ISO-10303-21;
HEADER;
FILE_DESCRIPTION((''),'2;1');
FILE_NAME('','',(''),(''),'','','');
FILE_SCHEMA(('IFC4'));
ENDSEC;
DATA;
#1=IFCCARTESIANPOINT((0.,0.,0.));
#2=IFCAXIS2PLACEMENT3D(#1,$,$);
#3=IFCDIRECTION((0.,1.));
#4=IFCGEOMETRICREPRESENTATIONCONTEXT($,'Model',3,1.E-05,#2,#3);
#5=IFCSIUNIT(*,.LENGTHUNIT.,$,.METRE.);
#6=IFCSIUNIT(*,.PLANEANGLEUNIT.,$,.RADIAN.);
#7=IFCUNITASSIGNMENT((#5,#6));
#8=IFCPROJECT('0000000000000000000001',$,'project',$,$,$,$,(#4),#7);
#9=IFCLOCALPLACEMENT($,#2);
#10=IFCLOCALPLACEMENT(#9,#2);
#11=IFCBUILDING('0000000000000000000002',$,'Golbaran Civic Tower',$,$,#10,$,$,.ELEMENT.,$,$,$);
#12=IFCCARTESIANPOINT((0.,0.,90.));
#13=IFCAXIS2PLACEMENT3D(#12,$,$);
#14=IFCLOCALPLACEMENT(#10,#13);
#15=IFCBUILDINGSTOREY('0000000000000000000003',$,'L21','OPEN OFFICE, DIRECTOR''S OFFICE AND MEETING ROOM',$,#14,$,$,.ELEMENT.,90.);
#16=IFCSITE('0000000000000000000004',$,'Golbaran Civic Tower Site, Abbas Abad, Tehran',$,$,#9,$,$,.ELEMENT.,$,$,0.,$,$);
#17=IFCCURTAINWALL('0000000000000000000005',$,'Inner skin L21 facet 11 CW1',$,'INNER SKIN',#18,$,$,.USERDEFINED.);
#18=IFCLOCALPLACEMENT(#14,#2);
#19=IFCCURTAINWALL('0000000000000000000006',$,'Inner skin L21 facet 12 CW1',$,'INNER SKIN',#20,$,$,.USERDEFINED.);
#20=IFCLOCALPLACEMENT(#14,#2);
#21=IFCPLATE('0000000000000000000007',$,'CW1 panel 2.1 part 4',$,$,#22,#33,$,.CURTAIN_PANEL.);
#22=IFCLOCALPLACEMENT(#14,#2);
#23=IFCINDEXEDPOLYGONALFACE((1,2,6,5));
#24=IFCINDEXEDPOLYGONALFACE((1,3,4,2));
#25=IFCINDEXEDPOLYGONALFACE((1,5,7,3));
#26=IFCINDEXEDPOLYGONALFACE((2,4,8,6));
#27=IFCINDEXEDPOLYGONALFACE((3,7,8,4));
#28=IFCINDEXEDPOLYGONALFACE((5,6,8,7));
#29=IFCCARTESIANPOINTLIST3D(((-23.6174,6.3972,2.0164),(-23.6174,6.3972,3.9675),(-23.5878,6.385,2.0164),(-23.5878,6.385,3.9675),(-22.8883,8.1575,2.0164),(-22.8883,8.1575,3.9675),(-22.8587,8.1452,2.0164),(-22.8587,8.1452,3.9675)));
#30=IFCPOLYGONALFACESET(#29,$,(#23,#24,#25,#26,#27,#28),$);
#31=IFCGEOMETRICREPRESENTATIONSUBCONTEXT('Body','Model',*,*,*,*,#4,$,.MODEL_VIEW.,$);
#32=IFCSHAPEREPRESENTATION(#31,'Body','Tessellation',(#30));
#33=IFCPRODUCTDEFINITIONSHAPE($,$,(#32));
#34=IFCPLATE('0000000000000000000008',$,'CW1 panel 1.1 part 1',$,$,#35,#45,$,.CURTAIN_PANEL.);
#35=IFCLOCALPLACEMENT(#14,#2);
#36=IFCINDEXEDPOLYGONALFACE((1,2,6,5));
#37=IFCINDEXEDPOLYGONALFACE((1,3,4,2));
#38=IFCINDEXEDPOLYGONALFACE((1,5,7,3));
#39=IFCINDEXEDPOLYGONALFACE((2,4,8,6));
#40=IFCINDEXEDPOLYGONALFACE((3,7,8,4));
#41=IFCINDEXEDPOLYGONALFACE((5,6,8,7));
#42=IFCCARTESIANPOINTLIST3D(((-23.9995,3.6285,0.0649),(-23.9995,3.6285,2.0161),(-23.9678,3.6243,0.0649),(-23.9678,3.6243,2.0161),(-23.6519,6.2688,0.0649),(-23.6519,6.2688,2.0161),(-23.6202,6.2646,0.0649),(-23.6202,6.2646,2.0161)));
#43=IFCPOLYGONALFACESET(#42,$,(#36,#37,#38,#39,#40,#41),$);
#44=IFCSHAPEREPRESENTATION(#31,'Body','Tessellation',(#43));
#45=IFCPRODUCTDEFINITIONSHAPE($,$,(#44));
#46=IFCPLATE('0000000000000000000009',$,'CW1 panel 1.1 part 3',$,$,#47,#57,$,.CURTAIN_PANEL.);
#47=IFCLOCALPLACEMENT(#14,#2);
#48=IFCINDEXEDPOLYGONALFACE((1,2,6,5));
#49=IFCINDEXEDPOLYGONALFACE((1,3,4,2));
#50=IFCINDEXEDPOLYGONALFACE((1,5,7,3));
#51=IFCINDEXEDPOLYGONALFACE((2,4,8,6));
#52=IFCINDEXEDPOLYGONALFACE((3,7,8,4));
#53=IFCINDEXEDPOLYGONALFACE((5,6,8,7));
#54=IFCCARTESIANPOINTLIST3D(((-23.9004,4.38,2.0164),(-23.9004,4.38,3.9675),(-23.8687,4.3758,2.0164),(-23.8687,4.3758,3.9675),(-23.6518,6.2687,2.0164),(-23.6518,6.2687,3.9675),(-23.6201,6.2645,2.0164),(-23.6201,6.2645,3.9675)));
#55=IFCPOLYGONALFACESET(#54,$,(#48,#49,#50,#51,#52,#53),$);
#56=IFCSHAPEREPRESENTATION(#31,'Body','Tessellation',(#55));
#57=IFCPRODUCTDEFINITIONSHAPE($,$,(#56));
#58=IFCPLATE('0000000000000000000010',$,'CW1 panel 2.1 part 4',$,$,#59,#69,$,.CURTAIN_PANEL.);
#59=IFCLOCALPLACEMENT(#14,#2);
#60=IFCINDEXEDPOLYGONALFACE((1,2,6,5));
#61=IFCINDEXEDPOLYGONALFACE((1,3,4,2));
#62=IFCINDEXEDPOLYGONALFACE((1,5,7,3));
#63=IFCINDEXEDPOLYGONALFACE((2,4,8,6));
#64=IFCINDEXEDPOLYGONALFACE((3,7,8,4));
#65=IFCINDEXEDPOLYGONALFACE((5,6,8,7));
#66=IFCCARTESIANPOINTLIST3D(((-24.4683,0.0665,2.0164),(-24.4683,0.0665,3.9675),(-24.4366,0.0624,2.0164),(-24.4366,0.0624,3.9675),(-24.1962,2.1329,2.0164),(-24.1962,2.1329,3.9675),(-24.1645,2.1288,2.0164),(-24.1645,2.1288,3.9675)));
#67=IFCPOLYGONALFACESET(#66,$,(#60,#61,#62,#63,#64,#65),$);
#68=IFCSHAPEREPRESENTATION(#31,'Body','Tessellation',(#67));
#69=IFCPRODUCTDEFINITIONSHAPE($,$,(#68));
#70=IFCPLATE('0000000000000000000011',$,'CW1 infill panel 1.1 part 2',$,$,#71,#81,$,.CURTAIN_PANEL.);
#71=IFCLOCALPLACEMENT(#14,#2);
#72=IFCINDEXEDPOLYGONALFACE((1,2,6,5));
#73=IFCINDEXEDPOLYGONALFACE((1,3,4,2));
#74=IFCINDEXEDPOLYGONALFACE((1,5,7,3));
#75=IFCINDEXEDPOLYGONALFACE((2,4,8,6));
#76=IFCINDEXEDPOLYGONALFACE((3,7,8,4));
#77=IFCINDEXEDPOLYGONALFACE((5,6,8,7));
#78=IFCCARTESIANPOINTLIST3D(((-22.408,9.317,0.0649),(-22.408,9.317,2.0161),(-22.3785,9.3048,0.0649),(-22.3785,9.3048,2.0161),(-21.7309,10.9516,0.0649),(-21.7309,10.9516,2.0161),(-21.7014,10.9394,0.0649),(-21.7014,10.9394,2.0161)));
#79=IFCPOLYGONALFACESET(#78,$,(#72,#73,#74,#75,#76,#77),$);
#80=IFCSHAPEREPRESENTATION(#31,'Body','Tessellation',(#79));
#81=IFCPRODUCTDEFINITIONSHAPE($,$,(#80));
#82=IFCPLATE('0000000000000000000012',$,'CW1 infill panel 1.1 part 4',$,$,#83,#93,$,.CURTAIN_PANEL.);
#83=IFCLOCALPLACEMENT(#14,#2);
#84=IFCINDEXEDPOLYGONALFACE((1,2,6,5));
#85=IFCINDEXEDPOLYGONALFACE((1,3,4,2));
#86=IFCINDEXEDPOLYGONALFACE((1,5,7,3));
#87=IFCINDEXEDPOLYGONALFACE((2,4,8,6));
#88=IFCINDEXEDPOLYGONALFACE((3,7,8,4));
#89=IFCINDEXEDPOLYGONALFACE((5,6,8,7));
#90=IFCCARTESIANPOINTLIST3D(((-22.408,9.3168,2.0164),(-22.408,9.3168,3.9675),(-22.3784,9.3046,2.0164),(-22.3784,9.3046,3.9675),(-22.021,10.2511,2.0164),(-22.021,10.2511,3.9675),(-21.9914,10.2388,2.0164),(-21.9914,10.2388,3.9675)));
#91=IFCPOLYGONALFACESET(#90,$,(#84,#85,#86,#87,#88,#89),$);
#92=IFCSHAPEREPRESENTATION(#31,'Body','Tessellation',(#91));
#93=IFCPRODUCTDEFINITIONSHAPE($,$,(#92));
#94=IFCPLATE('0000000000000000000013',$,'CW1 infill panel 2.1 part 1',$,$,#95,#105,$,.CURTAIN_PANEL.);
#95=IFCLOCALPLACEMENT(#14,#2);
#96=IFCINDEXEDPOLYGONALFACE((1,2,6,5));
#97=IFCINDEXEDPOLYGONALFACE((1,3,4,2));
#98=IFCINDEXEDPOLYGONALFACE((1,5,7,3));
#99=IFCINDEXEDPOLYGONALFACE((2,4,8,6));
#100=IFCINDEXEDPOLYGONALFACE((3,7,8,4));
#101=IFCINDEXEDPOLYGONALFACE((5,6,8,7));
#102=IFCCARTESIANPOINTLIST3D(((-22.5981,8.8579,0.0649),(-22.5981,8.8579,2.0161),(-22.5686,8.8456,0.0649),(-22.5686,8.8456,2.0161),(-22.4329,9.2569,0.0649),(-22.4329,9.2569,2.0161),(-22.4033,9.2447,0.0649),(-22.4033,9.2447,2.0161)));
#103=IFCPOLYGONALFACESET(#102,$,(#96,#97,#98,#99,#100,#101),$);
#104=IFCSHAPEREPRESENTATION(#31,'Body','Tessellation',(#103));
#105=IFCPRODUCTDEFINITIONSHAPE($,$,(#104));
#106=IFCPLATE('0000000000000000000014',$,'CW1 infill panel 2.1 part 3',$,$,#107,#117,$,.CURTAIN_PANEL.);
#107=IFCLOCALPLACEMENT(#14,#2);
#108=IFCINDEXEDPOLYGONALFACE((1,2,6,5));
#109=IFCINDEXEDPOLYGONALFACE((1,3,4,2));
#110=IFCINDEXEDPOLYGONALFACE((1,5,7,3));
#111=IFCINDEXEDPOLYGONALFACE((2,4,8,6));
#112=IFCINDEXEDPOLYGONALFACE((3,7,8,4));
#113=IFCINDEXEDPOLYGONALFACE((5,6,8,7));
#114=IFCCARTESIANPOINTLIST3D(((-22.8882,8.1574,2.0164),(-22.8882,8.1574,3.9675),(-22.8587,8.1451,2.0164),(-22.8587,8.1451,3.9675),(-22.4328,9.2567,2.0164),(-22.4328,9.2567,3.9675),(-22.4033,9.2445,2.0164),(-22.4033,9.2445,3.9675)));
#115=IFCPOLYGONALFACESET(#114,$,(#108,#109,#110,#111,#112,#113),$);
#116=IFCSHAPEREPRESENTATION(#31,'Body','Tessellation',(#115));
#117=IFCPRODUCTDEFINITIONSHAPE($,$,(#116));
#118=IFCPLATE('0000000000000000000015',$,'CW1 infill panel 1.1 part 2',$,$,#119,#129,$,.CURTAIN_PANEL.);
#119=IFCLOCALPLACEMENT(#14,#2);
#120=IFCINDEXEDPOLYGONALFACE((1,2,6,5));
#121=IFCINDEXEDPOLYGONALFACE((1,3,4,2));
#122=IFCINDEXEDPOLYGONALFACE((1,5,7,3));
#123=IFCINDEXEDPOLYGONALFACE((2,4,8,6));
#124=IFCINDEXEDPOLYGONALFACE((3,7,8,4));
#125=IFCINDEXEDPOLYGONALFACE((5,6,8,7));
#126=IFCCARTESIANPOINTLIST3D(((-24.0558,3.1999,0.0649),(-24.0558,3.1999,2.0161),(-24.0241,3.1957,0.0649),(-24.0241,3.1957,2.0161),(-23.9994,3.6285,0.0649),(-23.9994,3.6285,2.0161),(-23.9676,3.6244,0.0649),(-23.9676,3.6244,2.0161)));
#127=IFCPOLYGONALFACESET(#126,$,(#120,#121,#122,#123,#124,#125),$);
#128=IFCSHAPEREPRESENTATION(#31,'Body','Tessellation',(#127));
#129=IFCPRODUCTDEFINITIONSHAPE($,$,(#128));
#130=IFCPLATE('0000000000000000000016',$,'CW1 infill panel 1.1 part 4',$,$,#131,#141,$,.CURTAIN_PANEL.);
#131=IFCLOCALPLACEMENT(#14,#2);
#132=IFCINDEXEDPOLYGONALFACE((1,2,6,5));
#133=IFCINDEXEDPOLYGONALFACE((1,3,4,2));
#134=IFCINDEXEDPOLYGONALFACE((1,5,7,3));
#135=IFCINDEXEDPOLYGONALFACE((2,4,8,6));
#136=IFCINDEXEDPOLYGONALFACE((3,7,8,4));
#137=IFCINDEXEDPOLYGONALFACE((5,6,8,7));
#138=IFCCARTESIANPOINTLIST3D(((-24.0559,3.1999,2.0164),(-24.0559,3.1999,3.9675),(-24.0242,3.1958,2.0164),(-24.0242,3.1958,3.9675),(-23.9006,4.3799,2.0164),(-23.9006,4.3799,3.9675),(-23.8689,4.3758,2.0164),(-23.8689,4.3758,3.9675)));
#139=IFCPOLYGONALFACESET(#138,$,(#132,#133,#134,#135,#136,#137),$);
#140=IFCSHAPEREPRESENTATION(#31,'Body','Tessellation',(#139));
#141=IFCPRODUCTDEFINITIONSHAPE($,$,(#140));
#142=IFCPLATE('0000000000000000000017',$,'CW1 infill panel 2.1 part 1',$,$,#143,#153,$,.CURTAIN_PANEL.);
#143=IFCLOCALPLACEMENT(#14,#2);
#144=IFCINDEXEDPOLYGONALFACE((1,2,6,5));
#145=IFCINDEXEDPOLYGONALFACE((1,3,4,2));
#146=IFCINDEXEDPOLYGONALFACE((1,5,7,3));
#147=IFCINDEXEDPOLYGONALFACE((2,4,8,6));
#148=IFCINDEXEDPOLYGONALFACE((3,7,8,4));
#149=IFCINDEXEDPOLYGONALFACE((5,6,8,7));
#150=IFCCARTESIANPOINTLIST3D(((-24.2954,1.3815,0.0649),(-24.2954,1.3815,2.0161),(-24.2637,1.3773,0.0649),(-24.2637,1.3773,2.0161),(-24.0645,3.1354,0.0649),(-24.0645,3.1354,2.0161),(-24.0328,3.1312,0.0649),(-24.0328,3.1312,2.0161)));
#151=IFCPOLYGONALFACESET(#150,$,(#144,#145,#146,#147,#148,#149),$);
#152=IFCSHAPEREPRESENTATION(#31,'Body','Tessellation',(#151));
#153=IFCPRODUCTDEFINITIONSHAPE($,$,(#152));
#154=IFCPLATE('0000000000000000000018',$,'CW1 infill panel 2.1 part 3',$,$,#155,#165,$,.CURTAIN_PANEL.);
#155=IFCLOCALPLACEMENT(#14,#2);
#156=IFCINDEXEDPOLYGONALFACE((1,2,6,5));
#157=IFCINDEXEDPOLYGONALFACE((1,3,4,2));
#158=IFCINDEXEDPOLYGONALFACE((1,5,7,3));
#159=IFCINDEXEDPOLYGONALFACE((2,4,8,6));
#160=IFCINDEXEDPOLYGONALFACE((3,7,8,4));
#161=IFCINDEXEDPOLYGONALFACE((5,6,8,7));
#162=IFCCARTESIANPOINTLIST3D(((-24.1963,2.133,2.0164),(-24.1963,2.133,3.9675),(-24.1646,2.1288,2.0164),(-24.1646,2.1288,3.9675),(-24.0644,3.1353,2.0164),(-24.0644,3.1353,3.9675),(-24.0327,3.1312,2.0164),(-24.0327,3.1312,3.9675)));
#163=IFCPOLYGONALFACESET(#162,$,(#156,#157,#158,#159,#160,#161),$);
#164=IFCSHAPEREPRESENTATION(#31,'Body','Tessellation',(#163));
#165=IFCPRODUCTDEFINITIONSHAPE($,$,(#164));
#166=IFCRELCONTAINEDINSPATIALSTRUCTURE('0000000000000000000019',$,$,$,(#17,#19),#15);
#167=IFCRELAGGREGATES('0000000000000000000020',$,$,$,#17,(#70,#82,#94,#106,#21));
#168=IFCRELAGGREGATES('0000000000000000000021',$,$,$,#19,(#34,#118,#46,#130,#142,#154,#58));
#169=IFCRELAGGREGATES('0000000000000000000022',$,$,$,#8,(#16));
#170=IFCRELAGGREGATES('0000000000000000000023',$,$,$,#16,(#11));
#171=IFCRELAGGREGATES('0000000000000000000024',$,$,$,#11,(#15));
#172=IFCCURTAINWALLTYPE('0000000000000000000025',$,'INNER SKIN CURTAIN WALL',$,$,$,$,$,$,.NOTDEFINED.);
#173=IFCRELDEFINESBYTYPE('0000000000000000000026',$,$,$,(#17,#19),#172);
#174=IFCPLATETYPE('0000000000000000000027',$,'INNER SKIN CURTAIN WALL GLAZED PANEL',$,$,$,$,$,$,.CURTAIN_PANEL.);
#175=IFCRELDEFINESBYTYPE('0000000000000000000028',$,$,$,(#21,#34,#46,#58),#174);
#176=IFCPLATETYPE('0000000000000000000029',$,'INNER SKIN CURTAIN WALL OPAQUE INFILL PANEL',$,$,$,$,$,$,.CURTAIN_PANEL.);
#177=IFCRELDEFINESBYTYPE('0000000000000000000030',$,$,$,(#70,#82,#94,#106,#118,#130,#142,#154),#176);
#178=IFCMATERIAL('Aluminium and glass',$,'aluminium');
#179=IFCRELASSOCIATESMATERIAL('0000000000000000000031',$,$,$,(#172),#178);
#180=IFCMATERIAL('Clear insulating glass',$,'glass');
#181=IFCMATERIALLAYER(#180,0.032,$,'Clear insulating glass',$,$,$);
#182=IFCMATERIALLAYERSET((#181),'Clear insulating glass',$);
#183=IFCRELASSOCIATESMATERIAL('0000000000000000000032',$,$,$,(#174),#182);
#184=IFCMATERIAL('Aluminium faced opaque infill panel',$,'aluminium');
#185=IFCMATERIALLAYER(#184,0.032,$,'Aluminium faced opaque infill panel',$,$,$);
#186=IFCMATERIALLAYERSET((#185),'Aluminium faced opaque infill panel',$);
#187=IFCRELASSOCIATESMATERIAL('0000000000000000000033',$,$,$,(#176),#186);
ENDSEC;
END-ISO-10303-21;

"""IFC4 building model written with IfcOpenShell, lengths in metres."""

from ifc_helpers import new_model, si_unit, direction, frame, origin, origin_2d, place, context, subcontext, project, spatial, rectangle, extrude, material, layer, layer_set, type_object, element, aggregate, save


model = new_model("IFC4")

# Units and contexts
model_context = context("Model", 3, precision=1e-05, world=origin(), true_north=direction((0.0, 1.0)))
body_context = subcontext(model_context, "Body", "Model", "MODEL_VIEW")
ifc_project = project(units=[si_unit("LENGTHUNIT", "METRE"), si_unit("PLANEANGLEUNIT", "RADIAN")], contexts=[model_context])

# Site, building, storey
site_placement = place(None, origin())
site = spatial("IfcSite", under=ifc_project, at=site_placement, Name="Golbaran Civic Tower Site, Abbas Abad, Tehran", CompositionType="ELEMENT", RefElevation=0.0)
building_placement = place(site_placement, origin())
building = spatial("IfcBuilding", under=site, at=building_placement, Name="Golbaran Civic Tower", CompositionType="ELEMENT")
storey_placement = place(building_placement, frame((0.0, 0.0, 90.0)))
storey = spatial("IfcBuildingStorey", under=building, at=storey_placement, Name="L21", Description="OPEN OFFICE, DIRECTOR'S OFFICE AND MEETING ROOM", CompositionType="ELEMENT", Elevation=90.0)

# Curtain walls
ifc_material_1 = material(Name="Aluminium and glass", Category="aluminium")
curtain_wall_type = type_object("IfcCurtainWallType", Name="INNER SKIN CURTAIN WALL", PredefinedType="NOTDEFINED", material=ifc_material_1)
curtain_wall_1_placement = place(storey_placement, origin())
curtain_wall_1 = element("IfcCurtainWall", 1, at=curtain_wall_1_placement, inside=storey, type_object=curtain_wall_type, Name="Inner skin L21 facet 11 CW1", ObjectType="INNER SKIN", PredefinedType="USERDEFINED")
curtain_wall_2_placement = place(storey_placement, origin())
curtain_wall_2 = element("IfcCurtainWall", 2, at=curtain_wall_2_placement, inside=storey, type_object=curtain_wall_type, Name="Inner skin L21 facet 12 CW1", ObjectType="INNER SKIN", PredefinedType="USERDEFINED")

# Plates
ifc_material_2 = material(Name="Clear insulating glass", Category="glass")
ifc_layer_1 = layer(ifc_material_2, 0.032, Name="Clear insulating glass")
ifc_layer_set_1 = layer_set([ifc_layer_1], Name="Clear insulating glass")
plate_type_1 = type_object("IfcPlateType", Name="INNER SKIN CURTAIN WALL GLAZED PANEL", PredefinedType="CURTAIN_PANEL", material=ifc_layer_set_1)
plate_1_placement = place(storey_placement, frame((-23.238, 7.2712, 2.0164), z_axis=(0.0, 0.0, 1.0), x_axis=(-0.382683, -0.92388, 0.0)))
plate_1 = element("IfcPlate", 3, at=plate_1_placement, type_object=plate_type_1, Name="CW1 panel 2.1 part 4", PredefinedType="CURTAIN_PANEL", context=body_context, shape_type="SweptSolid", body=[
    extrude(rectangle(XDim=1.9053, YDim=0.032, at=origin_2d()), origin(), (0.0, 0.0, 1.0), 1.9512),
])
plate_2_placement = place(storey_placement, frame((-23.8098, 4.9465, 0.0649), z_axis=(0.0, 0.0, 1.0), x_axis=(-0.130526, -0.991445, 0.0)))
plate_2 = element("IfcPlate", 4, at=plate_2_placement, type_object=plate_type_1, Name="CW1 panel 1.1 part 1", PredefinedType="CURTAIN_PANEL", context=body_context, shape_type="SweptSolid", body=[
    extrude(rectangle(XDim=2.6631, YDim=0.032, at=origin_2d()), origin(), (0.0, 0.0, 1.0), 1.9512),
])
plate_3_placement = place(storey_placement, frame((-23.7603, 5.3223, 2.0164), z_axis=(0.0, 0.0, 1.0), x_axis=(-0.130526, -0.991445, 0.0)))
plate_3 = element("IfcPlate", 5, at=plate_3_placement, type_object=plate_type_1, Name="CW1 panel 1.1 part 3", PredefinedType="CURTAIN_PANEL", context=body_context, shape_type="SweptSolid", body=[
    extrude(rectangle(XDim=1.905, YDim=0.032, at=origin_2d()), origin(), (0.0, 0.0, 1.0), 1.9512),
])
plate_4_placement = place(storey_placement, frame((-24.3164, 1.0977, 2.0164), z_axis=(0.0, 0.0, 1.0), x_axis=(-0.130526, -0.991445, 0.0)))
plate_4 = element("IfcPlate", 6, at=plate_4_placement, type_object=plate_type_1, Name="CW1 panel 2.1 part 4", PredefinedType="CURTAIN_PANEL", context=body_context, shape_type="SweptSolid", body=[
    extrude(rectangle(XDim=2.0842, YDim=0.032, at=origin_2d()), origin(), (0.0, 0.0, 1.0), 1.9512),
])
ifc_material_3 = material(Name="Aluminium faced opaque infill panel", Category="aluminium")
ifc_layer_2 = layer(ifc_material_3, 0.032, Name="Aluminium faced opaque infill panel")
ifc_layer_set_2 = layer_set([ifc_layer_2], Name="Aluminium faced opaque infill panel")
plate_type_2 = type_object("IfcPlateType", Name="INNER SKIN CURTAIN WALL OPAQUE INFILL PANEL", PredefinedType="CURTAIN_PANEL", material=ifc_layer_set_2)
plate_5_placement = place(storey_placement, frame((-22.0547, 10.1282, 0.0649), z_axis=(0.0, 0.0, 1.0), x_axis=(-0.382683, -0.92388, 0.0)))
plate_5 = element("IfcPlate", 7, at=plate_5_placement, type_object=plate_type_2, Name="CW1 infill panel 1.1 part 2", PredefinedType="CURTAIN_PANEL", context=body_context, shape_type="SweptSolid", body=[
    extrude(rectangle(XDim=1.7693, YDim=0.032, at=origin_2d()), origin(), (0.0, 0.0, 1.0), 1.9512),
])
plate_6_placement = place(storey_placement, frame((-22.1997, 9.7778, 2.0164), z_axis=(0.0, 0.0, 1.0), x_axis=(-0.382683, -0.92388, 0.0)))
plate_6 = element("IfcPlate", 8, at=plate_6_placement, type_object=plate_type_2, Name="CW1 infill panel 1.1 part 4", PredefinedType="CURTAIN_PANEL", context=body_context, shape_type="SweptSolid", body=[
    extrude(rectangle(XDim=1.0112, YDim=0.032, at=origin_2d()), origin(), (0.0, 0.0, 1.0), 1.9512),
])
plate_7_placement = place(storey_placement, frame((-22.5007, 9.0513, 0.0649), z_axis=(0.0, 0.0, 1.0), x_axis=(-0.382683, -0.92388, 0.0)))
plate_7 = element("IfcPlate", 9, at=plate_7_placement, type_object=plate_type_2, Name="CW1 infill panel 2.1 part 1", PredefinedType="CURTAIN_PANEL", context=body_context, shape_type="SweptSolid", body=[
    extrude(rectangle(XDim=0.4319, YDim=0.032, at=origin_2d()), origin(), (0.0, 0.0, 1.0), 1.9512),
])
plate_8_placement = place(storey_placement, frame((-22.6458, 8.7009, 2.0164), z_axis=(0.0, 0.0, 1.0), x_axis=(-0.382683, -0.92388, 0.0)))
plate_8 = element("IfcPlate", 10, at=plate_8_placement, type_object=plate_type_2, Name="CW1 infill panel 2.1 part 3", PredefinedType="CURTAIN_PANEL", context=body_context, shape_type="SweptSolid", body=[
    extrude(rectangle(XDim=1.1899, YDim=0.032, at=origin_2d()), origin(), (0.0, 0.0, 1.0), 1.9512),
])
aggregate(curtain_wall_1, [plate_5, plate_6, plate_7, plate_8, plate_1])
plate_9_placement = place(storey_placement, frame((-24.0117, 3.4121, 0.0649), z_axis=(0.0, 0.0, 1.0), x_axis=(-0.130526, -0.991445, 0.0)))
plate_9 = element("IfcPlate", 11, at=plate_9_placement, type_object=plate_type_2, Name="CW1 infill panel 1.1 part 2", PredefinedType="CURTAIN_PANEL", context=body_context, shape_type="SweptSolid", body=[
    extrude(rectangle(XDim=0.4324, YDim=0.032, at=origin_2d()), origin(), (0.0, 0.0, 1.0), 1.9512),
])
plate_10_placement = place(storey_placement, frame((-23.9624, 3.7878, 2.0164), z_axis=(0.0, 0.0, 1.0), x_axis=(-0.130526, -0.991445, 0.0)))
plate_10 = element("IfcPlate", 12, at=plate_10_placement, type_object=plate_type_2, Name="CW1 infill panel 1.1 part 4", PredefinedType="CURTAIN_PANEL", context=body_context, shape_type="SweptSolid", body=[
    extrude(rectangle(XDim=1.1902, YDim=0.032, at=origin_2d()), origin(), (0.0, 0.0, 1.0), 1.9512),
])
plate_11_placement = place(storey_placement, frame((-24.1641, 2.2563, 0.0649), z_axis=(0.0, 0.0, 1.0), x_axis=(-0.130526, -0.991445, 0.0)))
plate_11 = element("IfcPlate", 13, at=plate_11_placement, type_object=plate_type_2, Name="CW1 infill panel 2.1 part 1", PredefinedType="CURTAIN_PANEL", context=body_context, shape_type="SweptSolid", body=[
    extrude(rectangle(XDim=1.769, YDim=0.032, at=origin_2d()), origin(), (0.0, 0.0, 1.0), 1.9512),
])
plate_12_placement = place(storey_placement, frame((-24.1145, 2.6321, 2.0164), z_axis=(0.0, 0.0, 1.0), x_axis=(-0.130526, -0.991445, 0.0)))
plate_12 = element("IfcPlate", 14, at=plate_12_placement, type_object=plate_type_2, Name="CW1 infill panel 2.1 part 3", PredefinedType="CURTAIN_PANEL", context=body_context, shape_type="SweptSolid", body=[
    extrude(rectangle(XDim=1.011, YDim=0.032, at=origin_2d()), origin(), (0.0, 0.0, 1.0), 1.9512),
])
aggregate(curtain_wall_2, [plate_2, plate_9, plate_3, plate_10, plate_11, plate_12, plate_4])

save(model, "model.ifc")
